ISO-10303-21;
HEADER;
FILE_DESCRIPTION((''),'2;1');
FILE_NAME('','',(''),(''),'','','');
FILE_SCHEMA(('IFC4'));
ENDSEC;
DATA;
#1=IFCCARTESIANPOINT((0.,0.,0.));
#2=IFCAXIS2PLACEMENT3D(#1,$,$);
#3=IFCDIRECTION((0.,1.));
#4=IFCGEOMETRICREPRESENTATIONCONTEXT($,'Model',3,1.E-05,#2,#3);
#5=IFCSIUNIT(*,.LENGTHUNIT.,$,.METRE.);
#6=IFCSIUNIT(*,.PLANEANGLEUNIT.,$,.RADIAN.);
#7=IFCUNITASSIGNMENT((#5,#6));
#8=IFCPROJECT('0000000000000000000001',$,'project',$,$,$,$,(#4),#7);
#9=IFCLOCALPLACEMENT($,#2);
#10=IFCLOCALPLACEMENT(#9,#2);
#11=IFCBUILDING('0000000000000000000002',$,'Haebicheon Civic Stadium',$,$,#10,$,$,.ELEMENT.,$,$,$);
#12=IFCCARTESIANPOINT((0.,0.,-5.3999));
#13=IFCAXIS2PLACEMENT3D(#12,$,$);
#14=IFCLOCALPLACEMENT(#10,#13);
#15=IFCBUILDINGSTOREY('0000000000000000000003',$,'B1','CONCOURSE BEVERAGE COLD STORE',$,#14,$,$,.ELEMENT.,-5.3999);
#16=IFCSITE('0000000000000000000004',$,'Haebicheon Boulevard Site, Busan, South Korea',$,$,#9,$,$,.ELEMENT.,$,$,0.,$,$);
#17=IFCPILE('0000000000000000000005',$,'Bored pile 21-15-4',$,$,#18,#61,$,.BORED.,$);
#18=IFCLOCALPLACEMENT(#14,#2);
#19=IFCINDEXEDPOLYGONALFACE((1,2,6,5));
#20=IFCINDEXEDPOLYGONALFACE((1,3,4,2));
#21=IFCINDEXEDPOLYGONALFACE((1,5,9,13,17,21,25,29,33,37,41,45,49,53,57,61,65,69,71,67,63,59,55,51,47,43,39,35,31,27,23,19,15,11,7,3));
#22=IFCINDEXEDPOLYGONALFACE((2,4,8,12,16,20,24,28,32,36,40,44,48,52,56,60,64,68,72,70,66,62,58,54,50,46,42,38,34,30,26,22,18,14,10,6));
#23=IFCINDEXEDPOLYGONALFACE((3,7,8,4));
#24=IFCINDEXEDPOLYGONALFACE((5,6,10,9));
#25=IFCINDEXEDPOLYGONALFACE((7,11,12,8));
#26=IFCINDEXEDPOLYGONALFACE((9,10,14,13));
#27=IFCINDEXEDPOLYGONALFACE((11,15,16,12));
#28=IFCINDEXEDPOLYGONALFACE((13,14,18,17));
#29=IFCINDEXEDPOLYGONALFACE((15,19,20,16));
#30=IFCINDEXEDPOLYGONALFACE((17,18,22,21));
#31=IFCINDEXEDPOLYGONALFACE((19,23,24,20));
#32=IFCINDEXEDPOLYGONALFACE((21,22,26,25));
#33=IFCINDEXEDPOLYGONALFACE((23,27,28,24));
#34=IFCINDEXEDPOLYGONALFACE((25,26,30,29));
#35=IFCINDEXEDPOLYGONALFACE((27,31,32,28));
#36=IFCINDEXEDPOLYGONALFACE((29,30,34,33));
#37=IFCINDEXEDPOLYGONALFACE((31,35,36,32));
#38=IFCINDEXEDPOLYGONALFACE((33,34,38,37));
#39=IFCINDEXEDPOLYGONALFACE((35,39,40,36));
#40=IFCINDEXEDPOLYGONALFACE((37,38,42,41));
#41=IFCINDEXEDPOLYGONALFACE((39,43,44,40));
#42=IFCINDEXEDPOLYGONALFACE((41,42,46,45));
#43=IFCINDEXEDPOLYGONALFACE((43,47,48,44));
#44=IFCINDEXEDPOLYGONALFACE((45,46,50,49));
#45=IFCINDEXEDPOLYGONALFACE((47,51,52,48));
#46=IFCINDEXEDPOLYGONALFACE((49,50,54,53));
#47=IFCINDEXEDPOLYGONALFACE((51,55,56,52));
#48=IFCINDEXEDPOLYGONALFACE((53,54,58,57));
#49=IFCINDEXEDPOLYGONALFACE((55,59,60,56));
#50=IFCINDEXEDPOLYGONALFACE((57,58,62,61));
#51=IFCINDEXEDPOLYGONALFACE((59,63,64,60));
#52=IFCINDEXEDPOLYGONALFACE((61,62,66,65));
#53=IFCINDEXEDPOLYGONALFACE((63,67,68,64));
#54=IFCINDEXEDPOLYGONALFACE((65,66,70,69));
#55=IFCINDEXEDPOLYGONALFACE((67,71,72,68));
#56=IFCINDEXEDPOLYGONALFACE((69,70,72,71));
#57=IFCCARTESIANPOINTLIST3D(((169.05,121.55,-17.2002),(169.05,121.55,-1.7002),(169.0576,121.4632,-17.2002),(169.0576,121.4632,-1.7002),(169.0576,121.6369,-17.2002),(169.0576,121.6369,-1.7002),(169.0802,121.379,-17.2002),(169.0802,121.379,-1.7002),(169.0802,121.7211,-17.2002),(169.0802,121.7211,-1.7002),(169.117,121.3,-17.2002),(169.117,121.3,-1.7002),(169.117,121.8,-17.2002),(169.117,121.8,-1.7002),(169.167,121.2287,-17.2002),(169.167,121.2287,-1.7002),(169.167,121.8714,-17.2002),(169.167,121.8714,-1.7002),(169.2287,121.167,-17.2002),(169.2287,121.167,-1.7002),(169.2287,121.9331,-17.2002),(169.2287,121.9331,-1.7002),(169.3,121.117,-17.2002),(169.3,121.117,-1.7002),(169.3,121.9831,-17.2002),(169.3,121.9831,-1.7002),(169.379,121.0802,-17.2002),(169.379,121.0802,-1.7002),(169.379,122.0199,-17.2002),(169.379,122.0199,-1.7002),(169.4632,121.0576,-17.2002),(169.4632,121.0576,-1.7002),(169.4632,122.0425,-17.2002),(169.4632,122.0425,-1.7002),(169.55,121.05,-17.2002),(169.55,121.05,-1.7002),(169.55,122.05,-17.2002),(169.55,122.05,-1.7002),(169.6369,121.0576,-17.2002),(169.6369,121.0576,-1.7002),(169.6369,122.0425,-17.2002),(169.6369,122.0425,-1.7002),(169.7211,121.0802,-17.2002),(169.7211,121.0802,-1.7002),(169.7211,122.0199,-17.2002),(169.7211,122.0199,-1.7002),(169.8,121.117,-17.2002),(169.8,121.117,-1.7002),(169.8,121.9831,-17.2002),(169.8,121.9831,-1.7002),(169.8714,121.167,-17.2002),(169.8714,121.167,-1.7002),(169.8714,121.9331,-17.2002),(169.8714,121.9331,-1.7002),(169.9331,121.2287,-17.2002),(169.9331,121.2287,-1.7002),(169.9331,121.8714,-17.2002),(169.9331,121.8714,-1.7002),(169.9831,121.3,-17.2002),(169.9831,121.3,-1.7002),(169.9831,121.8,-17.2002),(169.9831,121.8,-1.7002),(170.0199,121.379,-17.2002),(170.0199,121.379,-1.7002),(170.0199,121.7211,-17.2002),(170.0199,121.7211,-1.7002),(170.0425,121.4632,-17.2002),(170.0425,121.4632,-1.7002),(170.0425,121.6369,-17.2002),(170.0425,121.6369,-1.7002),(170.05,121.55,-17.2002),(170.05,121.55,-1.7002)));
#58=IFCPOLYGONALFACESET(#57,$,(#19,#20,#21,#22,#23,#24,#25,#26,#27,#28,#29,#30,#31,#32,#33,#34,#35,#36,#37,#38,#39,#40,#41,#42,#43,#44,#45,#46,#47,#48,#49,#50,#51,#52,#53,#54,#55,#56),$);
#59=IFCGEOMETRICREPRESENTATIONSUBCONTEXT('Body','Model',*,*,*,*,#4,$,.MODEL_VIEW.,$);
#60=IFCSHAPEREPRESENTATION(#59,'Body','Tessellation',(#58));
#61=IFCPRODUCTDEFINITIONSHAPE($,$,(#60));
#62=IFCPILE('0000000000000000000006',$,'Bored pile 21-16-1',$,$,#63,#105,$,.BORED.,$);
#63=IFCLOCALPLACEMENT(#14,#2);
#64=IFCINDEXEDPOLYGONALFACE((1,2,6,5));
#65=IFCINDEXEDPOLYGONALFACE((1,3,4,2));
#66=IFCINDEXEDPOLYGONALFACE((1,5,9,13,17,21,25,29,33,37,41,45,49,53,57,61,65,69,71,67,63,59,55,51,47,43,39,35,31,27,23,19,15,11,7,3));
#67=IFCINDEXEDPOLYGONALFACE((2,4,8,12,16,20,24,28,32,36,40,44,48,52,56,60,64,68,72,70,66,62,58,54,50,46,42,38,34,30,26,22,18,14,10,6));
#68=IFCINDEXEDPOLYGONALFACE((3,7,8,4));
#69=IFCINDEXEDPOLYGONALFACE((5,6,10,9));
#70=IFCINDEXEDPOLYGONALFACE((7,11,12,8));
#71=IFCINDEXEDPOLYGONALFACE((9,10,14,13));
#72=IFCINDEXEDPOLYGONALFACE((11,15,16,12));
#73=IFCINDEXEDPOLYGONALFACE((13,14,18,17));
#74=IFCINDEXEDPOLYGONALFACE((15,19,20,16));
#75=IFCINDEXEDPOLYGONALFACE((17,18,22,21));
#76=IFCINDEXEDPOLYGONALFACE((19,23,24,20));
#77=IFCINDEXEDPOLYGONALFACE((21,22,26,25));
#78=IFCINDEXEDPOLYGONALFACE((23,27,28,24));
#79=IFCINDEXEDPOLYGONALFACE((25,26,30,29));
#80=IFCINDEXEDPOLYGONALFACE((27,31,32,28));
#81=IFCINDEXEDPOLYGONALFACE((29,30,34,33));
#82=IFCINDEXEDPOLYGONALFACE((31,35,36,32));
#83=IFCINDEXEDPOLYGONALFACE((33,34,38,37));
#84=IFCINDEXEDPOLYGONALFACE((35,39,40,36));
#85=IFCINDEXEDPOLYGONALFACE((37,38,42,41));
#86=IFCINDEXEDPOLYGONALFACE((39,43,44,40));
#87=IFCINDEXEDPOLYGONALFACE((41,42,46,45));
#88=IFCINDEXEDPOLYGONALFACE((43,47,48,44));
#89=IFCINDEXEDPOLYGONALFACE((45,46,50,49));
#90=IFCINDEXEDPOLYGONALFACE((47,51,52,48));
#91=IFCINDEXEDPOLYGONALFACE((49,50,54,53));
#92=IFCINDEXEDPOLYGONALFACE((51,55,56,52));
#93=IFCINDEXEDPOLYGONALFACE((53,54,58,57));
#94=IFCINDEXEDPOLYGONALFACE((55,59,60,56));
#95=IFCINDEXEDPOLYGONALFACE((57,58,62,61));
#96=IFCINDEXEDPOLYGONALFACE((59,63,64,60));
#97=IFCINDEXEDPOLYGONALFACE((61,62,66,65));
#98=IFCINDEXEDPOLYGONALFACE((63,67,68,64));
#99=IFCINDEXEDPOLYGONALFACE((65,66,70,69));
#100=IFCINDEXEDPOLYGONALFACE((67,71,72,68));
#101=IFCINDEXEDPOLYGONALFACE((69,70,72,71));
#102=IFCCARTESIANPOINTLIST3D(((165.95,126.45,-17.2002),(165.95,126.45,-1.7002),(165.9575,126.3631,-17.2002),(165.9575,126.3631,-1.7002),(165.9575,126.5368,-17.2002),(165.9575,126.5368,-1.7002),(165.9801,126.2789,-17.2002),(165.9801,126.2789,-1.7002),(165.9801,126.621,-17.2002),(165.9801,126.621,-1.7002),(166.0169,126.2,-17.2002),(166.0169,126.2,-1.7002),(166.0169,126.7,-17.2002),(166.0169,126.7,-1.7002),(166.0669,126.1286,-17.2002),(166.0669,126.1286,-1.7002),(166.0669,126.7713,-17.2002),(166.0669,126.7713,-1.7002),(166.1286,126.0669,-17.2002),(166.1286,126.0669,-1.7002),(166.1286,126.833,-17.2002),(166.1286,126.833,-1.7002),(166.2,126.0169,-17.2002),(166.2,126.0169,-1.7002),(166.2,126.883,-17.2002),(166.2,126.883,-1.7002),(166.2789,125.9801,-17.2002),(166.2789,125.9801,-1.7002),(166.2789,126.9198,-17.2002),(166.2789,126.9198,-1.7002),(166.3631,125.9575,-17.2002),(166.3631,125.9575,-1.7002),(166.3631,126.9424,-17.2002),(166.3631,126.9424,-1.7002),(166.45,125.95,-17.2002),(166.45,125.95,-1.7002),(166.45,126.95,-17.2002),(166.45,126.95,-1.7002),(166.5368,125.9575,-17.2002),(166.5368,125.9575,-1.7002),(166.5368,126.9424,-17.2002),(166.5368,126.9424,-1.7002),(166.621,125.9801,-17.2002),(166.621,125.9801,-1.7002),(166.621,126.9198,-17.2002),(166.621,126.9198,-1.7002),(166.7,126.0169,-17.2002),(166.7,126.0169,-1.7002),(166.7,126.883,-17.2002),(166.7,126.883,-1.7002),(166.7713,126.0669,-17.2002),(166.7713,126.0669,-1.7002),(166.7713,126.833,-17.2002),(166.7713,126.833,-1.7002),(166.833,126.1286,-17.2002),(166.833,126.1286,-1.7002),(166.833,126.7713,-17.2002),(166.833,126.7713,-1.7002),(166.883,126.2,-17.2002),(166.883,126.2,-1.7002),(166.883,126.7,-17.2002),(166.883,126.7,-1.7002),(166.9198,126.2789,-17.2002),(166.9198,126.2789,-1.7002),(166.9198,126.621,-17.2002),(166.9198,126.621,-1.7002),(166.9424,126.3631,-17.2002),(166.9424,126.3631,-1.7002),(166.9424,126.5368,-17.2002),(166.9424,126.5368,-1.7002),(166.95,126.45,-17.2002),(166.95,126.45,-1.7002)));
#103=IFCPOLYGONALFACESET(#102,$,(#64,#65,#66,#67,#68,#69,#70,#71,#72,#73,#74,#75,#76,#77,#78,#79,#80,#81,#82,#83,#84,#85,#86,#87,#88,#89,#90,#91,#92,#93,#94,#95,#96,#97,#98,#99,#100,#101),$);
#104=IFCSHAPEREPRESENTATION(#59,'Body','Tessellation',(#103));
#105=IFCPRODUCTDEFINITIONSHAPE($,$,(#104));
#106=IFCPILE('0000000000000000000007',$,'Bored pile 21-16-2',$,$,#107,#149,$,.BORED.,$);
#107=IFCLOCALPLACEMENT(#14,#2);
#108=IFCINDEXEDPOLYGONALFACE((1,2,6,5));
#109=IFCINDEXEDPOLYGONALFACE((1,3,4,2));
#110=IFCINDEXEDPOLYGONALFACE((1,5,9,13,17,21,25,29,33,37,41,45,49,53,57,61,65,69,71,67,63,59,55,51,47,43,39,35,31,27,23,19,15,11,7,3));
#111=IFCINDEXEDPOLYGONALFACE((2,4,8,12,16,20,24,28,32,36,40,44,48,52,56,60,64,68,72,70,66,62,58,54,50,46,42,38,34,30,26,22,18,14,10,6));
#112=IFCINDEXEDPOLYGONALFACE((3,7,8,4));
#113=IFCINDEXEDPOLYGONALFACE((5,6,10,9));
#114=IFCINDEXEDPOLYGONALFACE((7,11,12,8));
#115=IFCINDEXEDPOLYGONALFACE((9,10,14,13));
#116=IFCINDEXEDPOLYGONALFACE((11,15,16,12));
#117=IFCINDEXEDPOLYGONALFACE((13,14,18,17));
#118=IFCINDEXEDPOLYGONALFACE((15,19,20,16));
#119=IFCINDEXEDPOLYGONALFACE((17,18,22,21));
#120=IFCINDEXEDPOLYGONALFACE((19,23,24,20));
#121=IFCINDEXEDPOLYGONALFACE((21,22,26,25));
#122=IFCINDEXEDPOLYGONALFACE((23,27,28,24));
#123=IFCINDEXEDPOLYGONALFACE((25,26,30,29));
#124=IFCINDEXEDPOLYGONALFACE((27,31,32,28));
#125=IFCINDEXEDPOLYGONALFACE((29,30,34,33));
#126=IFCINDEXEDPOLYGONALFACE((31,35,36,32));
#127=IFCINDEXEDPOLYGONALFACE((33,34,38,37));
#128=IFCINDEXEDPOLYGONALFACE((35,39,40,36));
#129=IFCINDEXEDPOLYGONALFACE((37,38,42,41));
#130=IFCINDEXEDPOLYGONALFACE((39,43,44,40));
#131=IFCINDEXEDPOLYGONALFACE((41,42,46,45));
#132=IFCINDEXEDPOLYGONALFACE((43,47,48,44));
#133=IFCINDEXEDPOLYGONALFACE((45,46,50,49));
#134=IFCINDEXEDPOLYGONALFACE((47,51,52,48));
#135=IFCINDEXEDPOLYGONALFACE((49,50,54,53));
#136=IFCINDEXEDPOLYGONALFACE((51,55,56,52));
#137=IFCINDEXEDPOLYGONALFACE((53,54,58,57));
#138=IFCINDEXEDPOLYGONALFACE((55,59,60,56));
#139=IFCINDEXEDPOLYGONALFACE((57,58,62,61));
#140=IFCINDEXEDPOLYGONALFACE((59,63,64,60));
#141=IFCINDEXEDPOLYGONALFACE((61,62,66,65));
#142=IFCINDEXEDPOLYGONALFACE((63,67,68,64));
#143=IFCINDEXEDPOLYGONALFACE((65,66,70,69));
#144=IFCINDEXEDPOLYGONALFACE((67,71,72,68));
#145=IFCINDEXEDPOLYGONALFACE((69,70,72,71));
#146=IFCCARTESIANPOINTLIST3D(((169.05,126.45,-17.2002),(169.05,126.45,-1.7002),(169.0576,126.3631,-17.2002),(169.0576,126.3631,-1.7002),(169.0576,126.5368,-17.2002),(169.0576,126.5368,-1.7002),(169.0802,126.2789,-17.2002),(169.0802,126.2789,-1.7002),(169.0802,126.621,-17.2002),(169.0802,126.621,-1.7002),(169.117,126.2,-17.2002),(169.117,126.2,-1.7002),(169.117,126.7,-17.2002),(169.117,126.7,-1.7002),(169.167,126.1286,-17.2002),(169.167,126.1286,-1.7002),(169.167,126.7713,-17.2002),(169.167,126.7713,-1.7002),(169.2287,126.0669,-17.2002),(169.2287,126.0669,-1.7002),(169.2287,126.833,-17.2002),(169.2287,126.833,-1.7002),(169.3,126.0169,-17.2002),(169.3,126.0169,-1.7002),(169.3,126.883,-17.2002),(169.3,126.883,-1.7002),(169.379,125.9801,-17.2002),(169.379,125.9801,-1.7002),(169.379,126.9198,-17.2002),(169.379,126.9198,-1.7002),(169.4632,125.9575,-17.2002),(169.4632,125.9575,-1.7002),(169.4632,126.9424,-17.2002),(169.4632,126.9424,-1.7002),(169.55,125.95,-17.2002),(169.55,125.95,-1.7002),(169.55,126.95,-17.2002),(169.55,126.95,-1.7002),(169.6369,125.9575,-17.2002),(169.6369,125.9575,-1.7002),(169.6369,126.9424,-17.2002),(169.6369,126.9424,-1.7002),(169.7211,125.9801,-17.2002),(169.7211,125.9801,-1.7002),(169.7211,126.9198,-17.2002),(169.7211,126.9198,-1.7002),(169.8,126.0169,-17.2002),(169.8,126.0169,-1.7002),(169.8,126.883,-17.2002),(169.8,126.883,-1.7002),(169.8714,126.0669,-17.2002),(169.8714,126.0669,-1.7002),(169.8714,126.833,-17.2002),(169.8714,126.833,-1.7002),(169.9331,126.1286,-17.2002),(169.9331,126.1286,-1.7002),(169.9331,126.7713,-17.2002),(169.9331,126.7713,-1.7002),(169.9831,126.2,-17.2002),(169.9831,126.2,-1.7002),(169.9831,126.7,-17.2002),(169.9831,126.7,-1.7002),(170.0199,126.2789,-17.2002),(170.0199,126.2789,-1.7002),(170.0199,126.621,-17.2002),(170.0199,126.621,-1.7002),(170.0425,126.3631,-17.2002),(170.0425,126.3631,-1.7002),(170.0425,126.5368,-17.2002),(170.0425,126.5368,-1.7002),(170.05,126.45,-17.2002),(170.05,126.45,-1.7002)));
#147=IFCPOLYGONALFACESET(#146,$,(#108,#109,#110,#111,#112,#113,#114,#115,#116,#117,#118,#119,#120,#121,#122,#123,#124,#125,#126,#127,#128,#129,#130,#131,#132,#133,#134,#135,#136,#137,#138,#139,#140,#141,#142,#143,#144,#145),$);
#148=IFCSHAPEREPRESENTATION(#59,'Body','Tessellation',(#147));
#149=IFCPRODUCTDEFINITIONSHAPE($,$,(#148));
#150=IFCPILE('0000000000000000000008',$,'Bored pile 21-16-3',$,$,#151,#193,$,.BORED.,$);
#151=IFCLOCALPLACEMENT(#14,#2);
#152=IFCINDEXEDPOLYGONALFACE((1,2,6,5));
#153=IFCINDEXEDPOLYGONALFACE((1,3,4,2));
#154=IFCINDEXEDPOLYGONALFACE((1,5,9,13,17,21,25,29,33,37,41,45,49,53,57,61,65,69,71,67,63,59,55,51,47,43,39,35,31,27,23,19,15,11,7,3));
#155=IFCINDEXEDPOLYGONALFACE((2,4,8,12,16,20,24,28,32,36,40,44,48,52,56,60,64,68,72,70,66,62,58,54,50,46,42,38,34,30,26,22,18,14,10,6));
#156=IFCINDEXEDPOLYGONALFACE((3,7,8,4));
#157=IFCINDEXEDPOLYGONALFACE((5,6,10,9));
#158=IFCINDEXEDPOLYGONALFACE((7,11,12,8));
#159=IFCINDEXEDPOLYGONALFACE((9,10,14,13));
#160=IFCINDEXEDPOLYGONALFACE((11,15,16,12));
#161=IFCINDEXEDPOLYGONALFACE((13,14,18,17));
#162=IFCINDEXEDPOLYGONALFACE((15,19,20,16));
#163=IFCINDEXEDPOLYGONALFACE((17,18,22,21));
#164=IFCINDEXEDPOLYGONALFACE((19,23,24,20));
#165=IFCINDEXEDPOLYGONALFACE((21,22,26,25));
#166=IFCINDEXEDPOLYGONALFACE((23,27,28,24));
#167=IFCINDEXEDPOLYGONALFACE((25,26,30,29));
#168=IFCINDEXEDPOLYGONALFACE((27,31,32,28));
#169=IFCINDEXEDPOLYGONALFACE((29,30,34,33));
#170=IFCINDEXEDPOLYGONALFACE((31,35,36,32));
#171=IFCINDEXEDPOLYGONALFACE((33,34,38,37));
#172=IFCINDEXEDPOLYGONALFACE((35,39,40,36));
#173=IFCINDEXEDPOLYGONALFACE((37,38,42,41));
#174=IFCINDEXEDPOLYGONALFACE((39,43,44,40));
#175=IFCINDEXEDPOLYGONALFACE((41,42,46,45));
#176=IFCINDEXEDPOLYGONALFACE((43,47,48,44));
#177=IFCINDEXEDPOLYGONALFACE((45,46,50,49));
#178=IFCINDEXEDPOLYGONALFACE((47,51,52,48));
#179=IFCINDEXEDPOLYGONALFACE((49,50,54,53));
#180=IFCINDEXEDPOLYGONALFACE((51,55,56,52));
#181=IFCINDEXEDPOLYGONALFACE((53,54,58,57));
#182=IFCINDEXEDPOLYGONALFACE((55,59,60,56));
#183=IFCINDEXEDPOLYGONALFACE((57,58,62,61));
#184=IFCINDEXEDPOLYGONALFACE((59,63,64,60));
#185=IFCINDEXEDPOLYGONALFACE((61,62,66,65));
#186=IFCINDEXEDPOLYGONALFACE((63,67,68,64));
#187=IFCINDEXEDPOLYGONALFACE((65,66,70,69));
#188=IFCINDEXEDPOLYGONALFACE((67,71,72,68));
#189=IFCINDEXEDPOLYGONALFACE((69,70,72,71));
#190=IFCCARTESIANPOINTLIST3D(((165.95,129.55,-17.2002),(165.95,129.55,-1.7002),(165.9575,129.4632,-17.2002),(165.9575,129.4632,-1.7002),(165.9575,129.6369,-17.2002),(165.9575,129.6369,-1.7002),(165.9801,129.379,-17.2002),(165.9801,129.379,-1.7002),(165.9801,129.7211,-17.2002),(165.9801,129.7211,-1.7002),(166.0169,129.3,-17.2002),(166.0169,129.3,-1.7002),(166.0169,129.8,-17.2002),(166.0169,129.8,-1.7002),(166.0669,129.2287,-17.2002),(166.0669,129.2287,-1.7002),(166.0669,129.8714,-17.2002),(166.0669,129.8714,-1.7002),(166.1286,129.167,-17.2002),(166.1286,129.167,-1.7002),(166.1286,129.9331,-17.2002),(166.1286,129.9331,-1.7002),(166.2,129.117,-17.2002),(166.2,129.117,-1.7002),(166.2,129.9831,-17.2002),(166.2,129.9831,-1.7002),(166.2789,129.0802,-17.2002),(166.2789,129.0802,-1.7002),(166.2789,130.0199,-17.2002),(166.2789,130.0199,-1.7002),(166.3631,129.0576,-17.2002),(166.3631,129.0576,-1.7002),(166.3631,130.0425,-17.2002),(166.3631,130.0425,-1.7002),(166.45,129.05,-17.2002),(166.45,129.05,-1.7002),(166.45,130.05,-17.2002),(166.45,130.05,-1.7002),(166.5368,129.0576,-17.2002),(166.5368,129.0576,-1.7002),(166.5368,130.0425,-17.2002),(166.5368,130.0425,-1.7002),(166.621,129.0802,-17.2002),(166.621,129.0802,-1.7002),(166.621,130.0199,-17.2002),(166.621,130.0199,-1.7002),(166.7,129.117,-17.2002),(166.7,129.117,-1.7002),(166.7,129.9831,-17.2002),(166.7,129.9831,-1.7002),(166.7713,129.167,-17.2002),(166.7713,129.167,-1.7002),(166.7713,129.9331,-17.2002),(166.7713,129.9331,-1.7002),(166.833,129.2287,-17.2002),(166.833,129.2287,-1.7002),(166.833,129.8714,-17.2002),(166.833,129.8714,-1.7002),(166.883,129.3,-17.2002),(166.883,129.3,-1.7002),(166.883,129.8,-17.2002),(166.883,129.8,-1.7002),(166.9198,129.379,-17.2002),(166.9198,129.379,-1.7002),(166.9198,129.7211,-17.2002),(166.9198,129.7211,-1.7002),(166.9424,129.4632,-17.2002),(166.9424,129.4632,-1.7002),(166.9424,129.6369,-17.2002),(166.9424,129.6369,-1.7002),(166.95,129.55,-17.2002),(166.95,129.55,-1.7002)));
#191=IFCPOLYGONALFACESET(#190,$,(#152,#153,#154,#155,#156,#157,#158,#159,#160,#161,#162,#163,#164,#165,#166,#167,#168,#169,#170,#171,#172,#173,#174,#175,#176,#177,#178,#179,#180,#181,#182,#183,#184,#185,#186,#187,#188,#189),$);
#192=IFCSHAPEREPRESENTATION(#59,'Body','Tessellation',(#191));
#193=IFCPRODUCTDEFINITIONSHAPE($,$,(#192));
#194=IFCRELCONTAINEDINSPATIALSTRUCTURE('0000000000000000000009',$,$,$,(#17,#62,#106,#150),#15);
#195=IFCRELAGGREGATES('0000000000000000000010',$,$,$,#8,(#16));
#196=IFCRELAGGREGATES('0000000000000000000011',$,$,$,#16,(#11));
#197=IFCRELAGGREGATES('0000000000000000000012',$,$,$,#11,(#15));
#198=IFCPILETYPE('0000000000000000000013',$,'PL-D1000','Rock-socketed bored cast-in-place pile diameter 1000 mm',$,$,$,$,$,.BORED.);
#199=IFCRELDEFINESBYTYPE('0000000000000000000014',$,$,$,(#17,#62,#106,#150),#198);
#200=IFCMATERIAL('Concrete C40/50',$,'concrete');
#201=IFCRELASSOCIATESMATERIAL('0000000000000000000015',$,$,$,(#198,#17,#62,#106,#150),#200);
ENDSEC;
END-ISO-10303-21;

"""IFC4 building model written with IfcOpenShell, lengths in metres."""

from ifc_helpers import new_model, si_unit, direction, frame, origin, origin_2d, place, context, subcontext, project, spatial, circle, extrude, material, material_profile, profile_set, type_object, element, save


model = new_model("IFC4")

# Units and contexts
model_context = context("Model", 3, precision=1e-05, world=origin(), true_north=direction((0.0, 1.0)))
body_context = subcontext(model_context, "Body", "Model", "MODEL_VIEW")
ifc_project = project(units=[si_unit("LENGTHUNIT", "METRE"), si_unit("PLANEANGLEUNIT", "RADIAN")], contexts=[model_context])

# Site, building, storey
site_placement = place(None, origin())
site = spatial("IfcSite", under=ifc_project, at=site_placement, Name="Haebicheon Boulevard Site, Busan, South Korea", CompositionType="ELEMENT", RefElevation=0.0)
building_placement = place(site_placement, origin())
building = spatial("IfcBuilding", under=site, at=building_placement, Name="Haebicheon Civic Stadium", CompositionType="ELEMENT")
storey_placement = place(building_placement, frame((0.0, 0.0, -5.3999)))
storey = spatial("IfcBuildingStorey", under=building, at=storey_placement, Name="B1", Description="CONCOURSE BEVERAGE COLD STORE", CompositionType="ELEMENT", Elevation=-5.3999)

# Piles
ifc_material_1 = material(Name="Concrete C40/50", Category="concrete")
ifc_material_profile_1 = material_profile(ifc_material_1, circle(Radius=0.5, at=origin_2d()), Name="PILE-D1000")
ifc_profile_set_1 = profile_set([ifc_material_profile_1], Name="Concrete C40/50")
pile_type_1 = type_object("IfcPileType", Name="PL-D1000", Description="Rock-socketed bored cast-in-place pile diameter 1000 mm", PredefinedType="BORED", material=ifc_profile_set_1)
for number, where, z_axis, x_axis, name in (
    (1, (169.55, 121.55, -1.7002), (0.0, 0.0, -1.0), (1.0, 0.0, 0.0), "Bored pile 21-15-4"),
    (2, (166.45, 126.45, -1.7002), (0.0, 0.0, -1.0), (1.0, 0.0, 0.0), "Bored pile 21-16-1"),
    (3, (169.55, 126.45, -1.7002), (0.0, 0.0, -1.0), (1.0, 0.0, 0.0), "Bored pile 21-16-2"),
    (4, (166.45, 129.55, -1.7002), (0.0, 0.0, -1.0), (1.0, 0.0, 0.0), "Bored pile 21-16-3"),
):
    element("IfcPile", number, at=place(storey_placement, frame(where, z_axis=z_axis, x_axis=x_axis)), inside=storey, type_object=pile_type_1, material=ifc_profile_set_1, Name=name, PredefinedType="BORED", context=body_context, shape_type="SweptSolid", body=[
        extrude(circle(Radius=0.5, at=origin_2d()), origin(), (0.0, 0.0, 1.0), 15.5),
    ])

save(model, "model.ifc")
